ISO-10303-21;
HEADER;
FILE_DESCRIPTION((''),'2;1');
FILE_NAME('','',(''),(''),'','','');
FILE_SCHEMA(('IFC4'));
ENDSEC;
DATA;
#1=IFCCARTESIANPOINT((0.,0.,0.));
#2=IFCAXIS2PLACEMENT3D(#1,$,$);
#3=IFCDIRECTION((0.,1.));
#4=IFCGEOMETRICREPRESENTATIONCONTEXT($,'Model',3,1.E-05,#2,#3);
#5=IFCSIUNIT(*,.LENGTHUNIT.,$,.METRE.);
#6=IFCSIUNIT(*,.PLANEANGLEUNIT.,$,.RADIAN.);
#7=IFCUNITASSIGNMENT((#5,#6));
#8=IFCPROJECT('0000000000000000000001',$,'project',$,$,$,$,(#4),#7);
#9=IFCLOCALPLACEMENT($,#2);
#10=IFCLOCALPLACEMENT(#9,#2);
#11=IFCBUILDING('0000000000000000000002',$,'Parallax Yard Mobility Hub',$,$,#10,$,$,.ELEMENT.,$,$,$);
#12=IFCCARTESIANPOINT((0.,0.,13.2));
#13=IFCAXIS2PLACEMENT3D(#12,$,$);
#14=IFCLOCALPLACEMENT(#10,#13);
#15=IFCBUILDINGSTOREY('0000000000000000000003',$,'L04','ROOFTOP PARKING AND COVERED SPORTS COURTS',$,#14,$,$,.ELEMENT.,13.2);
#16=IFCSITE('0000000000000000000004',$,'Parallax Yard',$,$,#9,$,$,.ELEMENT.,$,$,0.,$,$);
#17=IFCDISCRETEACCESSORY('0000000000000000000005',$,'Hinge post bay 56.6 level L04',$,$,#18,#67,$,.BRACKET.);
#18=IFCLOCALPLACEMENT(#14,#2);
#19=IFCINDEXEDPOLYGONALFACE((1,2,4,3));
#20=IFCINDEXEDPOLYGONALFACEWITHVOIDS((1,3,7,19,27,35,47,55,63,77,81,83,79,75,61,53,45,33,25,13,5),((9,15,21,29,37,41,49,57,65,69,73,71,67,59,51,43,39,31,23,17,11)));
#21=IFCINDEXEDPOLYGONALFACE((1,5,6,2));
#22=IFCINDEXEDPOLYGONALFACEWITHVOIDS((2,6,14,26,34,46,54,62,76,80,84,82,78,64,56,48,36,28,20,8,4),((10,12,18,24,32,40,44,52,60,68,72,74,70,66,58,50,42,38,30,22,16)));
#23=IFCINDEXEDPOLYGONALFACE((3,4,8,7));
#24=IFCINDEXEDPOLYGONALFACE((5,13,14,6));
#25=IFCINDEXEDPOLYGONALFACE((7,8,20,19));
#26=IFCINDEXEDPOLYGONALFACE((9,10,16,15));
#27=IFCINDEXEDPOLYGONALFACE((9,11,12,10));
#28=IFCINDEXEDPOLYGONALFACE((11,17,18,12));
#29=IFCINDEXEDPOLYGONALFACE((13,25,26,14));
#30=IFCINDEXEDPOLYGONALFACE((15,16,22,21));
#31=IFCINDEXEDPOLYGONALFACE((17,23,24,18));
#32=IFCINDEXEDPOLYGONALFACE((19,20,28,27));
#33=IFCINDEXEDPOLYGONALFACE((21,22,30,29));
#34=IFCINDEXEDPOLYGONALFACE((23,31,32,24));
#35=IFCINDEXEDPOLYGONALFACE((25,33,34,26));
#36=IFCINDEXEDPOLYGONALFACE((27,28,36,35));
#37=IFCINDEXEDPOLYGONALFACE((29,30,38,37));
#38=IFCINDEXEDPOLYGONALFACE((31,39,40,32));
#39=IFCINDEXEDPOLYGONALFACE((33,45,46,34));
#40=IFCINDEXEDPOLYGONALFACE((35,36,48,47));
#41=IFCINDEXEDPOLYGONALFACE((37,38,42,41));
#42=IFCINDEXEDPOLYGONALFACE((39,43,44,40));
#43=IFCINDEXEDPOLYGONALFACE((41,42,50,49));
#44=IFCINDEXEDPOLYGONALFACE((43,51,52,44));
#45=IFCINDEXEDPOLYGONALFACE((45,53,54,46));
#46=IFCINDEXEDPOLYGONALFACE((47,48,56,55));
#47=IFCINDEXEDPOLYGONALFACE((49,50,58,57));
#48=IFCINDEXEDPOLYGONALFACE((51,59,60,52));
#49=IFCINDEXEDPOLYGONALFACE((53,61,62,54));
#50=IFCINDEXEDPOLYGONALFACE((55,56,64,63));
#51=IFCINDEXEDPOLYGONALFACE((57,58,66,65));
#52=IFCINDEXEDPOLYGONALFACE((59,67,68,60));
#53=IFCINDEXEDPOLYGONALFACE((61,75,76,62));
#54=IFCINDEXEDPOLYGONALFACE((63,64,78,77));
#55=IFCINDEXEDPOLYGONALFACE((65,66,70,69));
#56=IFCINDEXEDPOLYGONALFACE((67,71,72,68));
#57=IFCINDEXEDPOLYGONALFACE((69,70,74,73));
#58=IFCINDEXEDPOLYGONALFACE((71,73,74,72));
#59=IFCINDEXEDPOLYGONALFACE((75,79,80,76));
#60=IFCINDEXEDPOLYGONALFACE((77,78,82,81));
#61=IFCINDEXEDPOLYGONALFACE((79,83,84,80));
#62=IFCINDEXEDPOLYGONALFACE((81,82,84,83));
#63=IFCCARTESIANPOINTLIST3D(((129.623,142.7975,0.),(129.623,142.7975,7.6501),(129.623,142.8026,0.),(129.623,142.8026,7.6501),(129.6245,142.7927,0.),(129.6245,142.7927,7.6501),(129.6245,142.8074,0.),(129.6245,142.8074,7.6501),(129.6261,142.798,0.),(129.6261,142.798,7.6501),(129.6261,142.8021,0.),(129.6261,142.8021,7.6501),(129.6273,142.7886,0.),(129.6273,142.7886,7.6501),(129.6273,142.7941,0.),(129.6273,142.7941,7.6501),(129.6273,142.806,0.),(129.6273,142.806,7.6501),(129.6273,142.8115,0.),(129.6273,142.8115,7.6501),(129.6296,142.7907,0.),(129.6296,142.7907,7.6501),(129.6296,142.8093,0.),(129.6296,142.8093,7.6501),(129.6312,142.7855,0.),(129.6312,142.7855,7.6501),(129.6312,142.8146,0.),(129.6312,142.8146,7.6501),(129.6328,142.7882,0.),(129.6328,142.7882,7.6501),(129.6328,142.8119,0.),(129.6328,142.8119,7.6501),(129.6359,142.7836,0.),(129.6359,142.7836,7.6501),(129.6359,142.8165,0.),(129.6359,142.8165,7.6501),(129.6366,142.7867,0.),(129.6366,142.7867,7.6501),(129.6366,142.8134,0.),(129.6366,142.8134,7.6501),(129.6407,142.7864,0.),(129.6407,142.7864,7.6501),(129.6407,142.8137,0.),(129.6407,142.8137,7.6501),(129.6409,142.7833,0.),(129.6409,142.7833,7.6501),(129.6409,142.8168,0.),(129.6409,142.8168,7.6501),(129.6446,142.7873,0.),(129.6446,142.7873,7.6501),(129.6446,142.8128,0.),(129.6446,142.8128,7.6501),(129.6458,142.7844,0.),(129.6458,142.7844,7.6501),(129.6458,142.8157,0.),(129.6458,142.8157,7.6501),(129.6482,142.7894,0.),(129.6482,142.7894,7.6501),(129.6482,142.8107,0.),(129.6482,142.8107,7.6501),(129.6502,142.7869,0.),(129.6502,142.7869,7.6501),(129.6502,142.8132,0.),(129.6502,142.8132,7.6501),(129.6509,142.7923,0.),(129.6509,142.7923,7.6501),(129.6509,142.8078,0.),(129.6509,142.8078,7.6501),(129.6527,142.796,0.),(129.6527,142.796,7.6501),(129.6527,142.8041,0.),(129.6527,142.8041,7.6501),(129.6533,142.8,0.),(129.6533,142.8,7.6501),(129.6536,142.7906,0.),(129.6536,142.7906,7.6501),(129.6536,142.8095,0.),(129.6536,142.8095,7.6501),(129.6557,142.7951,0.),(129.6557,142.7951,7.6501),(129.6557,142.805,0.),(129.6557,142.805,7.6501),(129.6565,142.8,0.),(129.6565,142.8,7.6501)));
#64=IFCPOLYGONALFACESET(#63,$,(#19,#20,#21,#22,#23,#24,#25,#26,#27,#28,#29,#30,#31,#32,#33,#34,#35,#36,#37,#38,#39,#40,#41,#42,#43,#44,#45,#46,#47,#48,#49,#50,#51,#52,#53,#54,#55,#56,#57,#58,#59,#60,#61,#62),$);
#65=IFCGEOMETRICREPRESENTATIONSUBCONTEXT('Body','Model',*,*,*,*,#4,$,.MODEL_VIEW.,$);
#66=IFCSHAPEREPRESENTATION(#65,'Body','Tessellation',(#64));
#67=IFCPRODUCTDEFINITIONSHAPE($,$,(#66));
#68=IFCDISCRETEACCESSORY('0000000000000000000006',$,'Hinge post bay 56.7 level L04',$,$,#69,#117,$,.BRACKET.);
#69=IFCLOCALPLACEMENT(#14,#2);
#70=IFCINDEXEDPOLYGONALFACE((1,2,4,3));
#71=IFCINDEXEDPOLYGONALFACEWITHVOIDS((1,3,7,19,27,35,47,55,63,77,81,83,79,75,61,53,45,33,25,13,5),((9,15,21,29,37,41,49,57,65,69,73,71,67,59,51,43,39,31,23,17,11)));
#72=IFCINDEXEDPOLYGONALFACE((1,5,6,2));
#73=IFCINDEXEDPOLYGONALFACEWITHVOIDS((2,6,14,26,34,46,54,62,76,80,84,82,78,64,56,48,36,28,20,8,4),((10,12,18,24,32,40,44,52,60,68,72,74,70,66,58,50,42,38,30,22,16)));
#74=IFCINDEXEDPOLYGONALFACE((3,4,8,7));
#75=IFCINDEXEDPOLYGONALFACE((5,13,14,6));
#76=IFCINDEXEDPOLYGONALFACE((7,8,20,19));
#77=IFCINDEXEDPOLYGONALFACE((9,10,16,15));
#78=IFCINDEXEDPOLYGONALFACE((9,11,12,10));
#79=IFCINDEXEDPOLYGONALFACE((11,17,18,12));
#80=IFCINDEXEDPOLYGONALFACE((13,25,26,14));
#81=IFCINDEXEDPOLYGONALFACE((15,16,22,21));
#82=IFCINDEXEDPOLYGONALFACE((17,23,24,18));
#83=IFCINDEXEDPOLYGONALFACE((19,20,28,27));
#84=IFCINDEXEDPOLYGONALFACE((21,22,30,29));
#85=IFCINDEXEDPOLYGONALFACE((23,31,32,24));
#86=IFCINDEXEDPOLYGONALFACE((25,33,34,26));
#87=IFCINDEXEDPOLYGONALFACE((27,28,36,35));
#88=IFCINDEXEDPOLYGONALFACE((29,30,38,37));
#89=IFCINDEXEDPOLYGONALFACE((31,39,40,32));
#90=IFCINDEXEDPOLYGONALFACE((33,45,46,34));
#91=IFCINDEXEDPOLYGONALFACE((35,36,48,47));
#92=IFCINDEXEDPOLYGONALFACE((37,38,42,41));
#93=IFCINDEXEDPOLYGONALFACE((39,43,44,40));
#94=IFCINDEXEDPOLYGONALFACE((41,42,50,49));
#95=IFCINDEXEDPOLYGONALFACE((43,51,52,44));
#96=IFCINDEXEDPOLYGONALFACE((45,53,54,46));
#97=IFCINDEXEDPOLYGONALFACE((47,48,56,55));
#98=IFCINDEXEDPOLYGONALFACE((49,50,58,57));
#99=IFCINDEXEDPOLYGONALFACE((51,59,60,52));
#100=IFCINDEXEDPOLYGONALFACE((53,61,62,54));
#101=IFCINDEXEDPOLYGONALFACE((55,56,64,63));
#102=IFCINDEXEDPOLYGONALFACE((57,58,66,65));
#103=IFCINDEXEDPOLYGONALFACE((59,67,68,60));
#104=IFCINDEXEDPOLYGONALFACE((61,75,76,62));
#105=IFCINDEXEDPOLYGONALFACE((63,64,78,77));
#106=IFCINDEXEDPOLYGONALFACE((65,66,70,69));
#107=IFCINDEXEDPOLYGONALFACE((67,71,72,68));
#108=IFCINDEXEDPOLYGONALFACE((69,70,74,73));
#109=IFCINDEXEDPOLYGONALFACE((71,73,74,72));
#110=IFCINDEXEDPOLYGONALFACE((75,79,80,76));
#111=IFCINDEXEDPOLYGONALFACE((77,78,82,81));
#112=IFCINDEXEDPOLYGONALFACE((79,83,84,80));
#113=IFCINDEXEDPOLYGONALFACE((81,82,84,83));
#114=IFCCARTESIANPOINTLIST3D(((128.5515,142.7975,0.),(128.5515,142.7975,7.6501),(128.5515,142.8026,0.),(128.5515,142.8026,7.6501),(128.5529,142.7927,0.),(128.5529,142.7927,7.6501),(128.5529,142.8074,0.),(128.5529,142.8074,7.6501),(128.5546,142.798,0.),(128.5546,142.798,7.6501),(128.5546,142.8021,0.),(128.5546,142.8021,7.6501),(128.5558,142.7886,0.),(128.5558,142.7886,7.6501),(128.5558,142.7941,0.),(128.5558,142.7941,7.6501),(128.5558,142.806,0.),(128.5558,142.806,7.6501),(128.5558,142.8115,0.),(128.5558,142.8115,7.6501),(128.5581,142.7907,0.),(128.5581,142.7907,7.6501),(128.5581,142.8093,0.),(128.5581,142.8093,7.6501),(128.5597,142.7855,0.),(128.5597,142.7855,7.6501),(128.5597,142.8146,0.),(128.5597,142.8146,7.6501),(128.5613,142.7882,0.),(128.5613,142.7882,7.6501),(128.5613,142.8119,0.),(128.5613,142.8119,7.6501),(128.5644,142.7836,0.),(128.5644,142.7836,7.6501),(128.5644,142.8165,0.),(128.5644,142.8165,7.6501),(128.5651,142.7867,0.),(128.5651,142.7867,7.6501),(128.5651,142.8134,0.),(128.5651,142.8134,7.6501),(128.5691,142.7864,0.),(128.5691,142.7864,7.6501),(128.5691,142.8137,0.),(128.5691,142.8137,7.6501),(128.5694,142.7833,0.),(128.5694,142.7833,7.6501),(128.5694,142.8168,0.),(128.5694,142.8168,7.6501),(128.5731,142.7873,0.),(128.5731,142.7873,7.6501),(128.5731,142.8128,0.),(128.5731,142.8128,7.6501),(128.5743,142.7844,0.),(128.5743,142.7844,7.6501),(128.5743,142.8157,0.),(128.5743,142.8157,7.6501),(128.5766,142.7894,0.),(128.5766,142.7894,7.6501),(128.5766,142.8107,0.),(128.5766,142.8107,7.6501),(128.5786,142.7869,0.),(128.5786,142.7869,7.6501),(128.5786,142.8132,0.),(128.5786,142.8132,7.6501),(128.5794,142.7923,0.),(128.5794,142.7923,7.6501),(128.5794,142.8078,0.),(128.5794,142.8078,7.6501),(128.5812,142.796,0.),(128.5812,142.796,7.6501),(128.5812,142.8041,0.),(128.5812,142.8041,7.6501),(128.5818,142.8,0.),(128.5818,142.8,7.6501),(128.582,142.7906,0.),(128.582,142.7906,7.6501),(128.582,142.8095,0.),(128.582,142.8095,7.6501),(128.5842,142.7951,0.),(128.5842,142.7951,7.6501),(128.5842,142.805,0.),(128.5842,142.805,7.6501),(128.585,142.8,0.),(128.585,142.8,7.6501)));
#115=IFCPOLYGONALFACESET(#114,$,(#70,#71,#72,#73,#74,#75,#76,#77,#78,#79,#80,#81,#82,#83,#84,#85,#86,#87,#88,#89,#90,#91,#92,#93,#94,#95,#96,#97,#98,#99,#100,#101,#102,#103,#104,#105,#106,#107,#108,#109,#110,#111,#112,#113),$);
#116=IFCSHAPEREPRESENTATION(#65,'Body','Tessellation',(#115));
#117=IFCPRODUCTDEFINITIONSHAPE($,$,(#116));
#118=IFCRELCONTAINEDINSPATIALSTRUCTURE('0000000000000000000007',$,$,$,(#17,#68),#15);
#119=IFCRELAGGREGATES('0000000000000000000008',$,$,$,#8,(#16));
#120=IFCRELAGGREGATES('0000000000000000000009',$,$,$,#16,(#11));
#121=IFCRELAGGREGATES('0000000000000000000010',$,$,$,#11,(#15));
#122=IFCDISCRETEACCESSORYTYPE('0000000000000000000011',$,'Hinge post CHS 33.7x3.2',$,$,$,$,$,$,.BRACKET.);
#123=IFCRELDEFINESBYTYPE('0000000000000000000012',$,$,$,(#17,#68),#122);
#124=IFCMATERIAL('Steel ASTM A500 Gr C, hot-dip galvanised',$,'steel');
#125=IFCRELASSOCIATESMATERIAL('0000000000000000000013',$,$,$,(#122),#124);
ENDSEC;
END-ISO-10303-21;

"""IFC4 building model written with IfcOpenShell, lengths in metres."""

from ifc_helpers import new_model, si_unit, direction, frame, origin, origin_2d, place, context, subcontext, project, spatial, hollow_circle, extrude, material, material_profile, profile_set, type_object, element, save


model = new_model("IFC4")

# Units and contexts
model_context = context("Model", 3, precision=1e-05, world=origin(), true_north=direction((0.0, 1.0)))
body_context = subcontext(model_context, "Body", "Model", "MODEL_VIEW")
ifc_project = project(units=[si_unit("LENGTHUNIT", "METRE"), si_unit("PLANEANGLEUNIT", "RADIAN")], contexts=[model_context])

# Site, building, storey
site_placement = place(None, origin())
site = spatial("IfcSite", under=ifc_project, at=site_placement, Name="Parallax Yard", CompositionType="ELEMENT", RefElevation=0.0)
building_placement = place(site_placement, origin())
building = spatial("IfcBuilding", under=site, at=building_placement, Name="Parallax Yard Mobility Hub", CompositionType="ELEMENT")
storey_placement = place(building_placement, frame((0.0, 0.0, 13.2)))
storey = spatial("IfcBuildingStorey", under=building, at=storey_placement, Name="L04", Description="ROOFTOP PARKING AND COVERED SPORTS COURTS", CompositionType="ELEMENT", Elevation=13.2)

# Discrete accessories
ifc_material_1 = material(Name="Steel ASTM A500 Gr C, hot-dip galvanised", Category="steel")
ifc_material_profile = material_profile(ifc_material_1, hollow_circle(Radius=0.0168, WallThickness=0.0032, at=origin_2d()), Name="CHS 33.7x3.2")
ifc_profile_set = profile_set([ifc_material_profile], Name="Steel ASTM A500 Gr C, hot-dip galvanised")
discrete_accessory_type_1 = type_object("IfcDiscreteAccessoryType", Name="Hinge post CHS 33.7x3.2", PredefinedType="BRACKET", material=ifc_profile_set)
for number, where, z_axis, x_axis, name in (
    (1, (129.6396, 142.8, 0.0), (0.0, 0.0, 1.0), (1.0, 0.0, 0.0), "Hinge post bay 56.6 level L04"),
    (2, (128.5681, 142.8, 0.0), (0.0, 0.0, 1.0), (1.0, 0.0, 0.0), "Hinge post bay 56.7 level L04"),
):
    element("IfcDiscreteAccessory", number, at=place(storey_placement, frame(where, z_axis=z_axis, x_axis=x_axis)), inside=storey, type_object=discrete_accessory_type_1, Name=name, PredefinedType="BRACKET", context=body_context, shape_type="SweptSolid", body=[
        extrude(hollow_circle(Radius=0.0168, WallThickness=0.0032, at=origin_2d()), origin(), (0.0, 0.0, 1.0), 7.6501),
    ])

save(model, "model.ifc")
